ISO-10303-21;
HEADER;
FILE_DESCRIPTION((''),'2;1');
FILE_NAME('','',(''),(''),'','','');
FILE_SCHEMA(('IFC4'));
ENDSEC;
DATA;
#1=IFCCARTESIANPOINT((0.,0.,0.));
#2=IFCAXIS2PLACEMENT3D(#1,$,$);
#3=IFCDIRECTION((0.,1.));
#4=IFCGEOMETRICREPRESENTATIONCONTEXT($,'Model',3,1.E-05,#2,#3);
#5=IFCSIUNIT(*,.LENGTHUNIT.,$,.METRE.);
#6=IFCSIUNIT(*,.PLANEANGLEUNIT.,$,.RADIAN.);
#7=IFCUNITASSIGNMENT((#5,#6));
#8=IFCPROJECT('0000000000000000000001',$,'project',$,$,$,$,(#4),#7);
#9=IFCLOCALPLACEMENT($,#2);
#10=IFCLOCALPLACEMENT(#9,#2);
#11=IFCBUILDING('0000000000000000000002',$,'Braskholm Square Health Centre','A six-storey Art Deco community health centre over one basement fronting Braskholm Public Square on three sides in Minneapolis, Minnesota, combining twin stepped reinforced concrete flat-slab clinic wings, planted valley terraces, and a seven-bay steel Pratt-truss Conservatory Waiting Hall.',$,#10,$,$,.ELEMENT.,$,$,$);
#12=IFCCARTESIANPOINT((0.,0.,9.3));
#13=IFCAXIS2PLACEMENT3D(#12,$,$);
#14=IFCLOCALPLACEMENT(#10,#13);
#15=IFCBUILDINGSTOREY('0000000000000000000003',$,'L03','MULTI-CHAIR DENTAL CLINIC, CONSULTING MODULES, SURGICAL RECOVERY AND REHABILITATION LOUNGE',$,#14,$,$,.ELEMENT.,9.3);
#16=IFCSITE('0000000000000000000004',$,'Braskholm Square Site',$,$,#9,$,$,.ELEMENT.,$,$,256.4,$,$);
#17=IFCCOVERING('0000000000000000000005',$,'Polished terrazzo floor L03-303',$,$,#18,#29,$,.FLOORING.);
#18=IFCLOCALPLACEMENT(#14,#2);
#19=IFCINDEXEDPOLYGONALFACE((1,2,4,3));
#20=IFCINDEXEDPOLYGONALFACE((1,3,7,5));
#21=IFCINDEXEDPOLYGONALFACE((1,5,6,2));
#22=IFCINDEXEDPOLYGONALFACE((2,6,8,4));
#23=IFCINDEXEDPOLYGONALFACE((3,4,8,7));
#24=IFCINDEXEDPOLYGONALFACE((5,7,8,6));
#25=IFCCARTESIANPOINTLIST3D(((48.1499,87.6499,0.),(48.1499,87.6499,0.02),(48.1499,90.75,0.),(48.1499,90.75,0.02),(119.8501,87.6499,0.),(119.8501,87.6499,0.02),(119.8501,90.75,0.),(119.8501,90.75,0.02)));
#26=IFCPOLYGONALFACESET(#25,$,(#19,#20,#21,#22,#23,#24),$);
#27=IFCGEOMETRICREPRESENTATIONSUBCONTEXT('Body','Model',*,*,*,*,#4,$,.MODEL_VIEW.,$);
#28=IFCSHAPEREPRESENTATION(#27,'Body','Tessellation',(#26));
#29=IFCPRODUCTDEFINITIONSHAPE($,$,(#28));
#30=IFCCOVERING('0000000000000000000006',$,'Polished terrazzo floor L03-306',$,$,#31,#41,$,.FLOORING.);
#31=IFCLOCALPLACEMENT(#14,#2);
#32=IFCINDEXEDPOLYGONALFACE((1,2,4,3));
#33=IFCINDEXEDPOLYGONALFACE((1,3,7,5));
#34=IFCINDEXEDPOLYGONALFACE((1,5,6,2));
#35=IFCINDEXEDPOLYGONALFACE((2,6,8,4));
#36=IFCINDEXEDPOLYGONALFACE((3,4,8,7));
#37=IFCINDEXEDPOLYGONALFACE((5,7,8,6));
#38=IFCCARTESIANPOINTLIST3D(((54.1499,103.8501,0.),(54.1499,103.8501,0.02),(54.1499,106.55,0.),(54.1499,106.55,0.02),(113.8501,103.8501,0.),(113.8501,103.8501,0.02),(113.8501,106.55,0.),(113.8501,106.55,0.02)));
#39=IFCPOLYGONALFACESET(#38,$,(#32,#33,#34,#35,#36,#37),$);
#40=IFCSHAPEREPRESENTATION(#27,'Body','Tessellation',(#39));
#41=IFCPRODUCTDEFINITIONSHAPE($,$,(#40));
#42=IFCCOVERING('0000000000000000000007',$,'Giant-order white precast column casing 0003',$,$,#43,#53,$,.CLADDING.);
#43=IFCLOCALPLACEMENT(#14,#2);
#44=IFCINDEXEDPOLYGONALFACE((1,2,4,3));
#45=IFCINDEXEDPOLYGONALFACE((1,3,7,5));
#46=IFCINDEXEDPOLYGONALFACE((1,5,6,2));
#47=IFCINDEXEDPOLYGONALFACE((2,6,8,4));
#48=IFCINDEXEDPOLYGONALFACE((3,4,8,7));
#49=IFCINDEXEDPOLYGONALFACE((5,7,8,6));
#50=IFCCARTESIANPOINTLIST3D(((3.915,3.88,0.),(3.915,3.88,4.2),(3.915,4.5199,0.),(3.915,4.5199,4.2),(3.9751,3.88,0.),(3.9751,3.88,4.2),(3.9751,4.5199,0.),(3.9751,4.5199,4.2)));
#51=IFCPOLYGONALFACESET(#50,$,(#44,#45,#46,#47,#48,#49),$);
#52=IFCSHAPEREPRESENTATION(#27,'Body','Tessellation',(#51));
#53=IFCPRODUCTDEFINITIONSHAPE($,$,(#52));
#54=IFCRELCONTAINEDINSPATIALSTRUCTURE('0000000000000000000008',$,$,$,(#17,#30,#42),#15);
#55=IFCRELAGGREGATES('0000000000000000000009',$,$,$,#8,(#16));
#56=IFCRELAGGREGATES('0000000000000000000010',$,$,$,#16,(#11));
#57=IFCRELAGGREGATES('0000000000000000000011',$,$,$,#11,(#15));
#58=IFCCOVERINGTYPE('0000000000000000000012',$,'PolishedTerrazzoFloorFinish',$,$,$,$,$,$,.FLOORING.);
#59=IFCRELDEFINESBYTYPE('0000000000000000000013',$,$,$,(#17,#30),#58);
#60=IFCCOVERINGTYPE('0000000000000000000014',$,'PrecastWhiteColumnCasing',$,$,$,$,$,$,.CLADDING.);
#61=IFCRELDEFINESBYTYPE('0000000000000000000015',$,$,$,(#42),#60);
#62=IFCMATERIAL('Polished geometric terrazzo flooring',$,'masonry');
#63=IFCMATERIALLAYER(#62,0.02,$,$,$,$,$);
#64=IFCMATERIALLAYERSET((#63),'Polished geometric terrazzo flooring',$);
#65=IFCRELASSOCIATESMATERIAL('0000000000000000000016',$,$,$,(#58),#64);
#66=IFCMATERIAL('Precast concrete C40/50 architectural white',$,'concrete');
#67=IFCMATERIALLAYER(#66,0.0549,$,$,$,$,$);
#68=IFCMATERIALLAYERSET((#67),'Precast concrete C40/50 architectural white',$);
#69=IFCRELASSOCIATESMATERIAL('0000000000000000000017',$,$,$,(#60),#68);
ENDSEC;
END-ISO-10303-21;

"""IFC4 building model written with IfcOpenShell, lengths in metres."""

from ifc_helpers import new_model, si_unit, direction, frame, origin, origin_2d, place, context, subcontext, project, spatial, polyline, rectangle, outline, extrude, material, layer, layer_set, type_object, element, save


model = new_model("IFC4")

# Units and contexts
model_context = context("Model", 3, precision=1e-05, world=origin(), true_north=direction((0.0, 1.0)))
body_context = subcontext(model_context, "Body", "Model", "MODEL_VIEW")
ifc_project = project(units=[si_unit("LENGTHUNIT", "METRE"), si_unit("PLANEANGLEUNIT", "RADIAN")], contexts=[model_context])

# Site, building, storey
site_placement = place(None, origin())
site = spatial("IfcSite", under=ifc_project, at=site_placement, Name="Braskholm Square Site", CompositionType="ELEMENT", RefElevation=256.4)
building_placement = place(site_placement, origin())
building = spatial("IfcBuilding", under=site, at=building_placement, Name="Braskholm Square Health Centre", Description="A six-storey Art Deco community health centre over one basement fronting Braskholm Public Square on three sides in Minneapolis, Minnesota, combining twin stepped reinforced concrete flat-slab clinic wings, planted valley terraces, and a seven-bay steel Pratt-truss Conservatory Waiting Hall.", CompositionType="ELEMENT")
storey_placement = place(building_placement, frame((0.0, 0.0, 9.3)))
storey = spatial("IfcBuildingStorey", under=building, at=storey_placement, Name="L03", Description="MULTI-CHAIR DENTAL CLINIC, CONSULTING MODULES, SURGICAL RECOVERY AND REHABILITATION LOUNGE", CompositionType="ELEMENT", Elevation=9.3)

# Shared definitions
ifc_material_1 = material(Name="Precast concrete C40/50 architectural white", Category="concrete")

# Coverings
ifc_material_2 = material(Name="Polished geometric terrazzo flooring", Category="masonry")
ifc_layer_1 = layer(ifc_material_2, 0.02)
ifc_layer_set_1 = layer_set([ifc_layer_1], Name="Polished geometric terrazzo flooring")
covering_type_1 = type_object("IfcCoveringType", Name="PolishedTerrazzoFloorFinish", PredefinedType="FLOORING", material=ifc_layer_set_1)
covering_1_placement = place(storey_placement, origin())
element("IfcCovering", 1, at=covering_1_placement, inside=storey, type_object=covering_type_1, Name="Polished terrazzo floor L03-303", PredefinedType="FLOORING", context=body_context, shape_type="SweptSolid", body=[
    extrude(outline(polyline([(48.1499, 87.6499), (119.8501, 87.6499), (119.8501, 90.75), (48.1499, 90.75), (48.1499, 87.6499)])), origin(), (0.0, 0.0, 1.0), 0.02),
])
covering_2_placement = place(storey_placement, origin())
element("IfcCovering", 2, at=covering_2_placement, inside=storey, type_object=covering_type_1, Name="Polished terrazzo floor L03-306", PredefinedType="FLOORING", context=body_context, shape_type="SweptSolid", body=[
    extrude(outline(polyline([(54.1499, 103.8501), (113.8501, 103.8501), (113.8501, 106.55), (54.1499, 106.55), (54.1499, 103.8501)])), origin(), (0.0, 0.0, 1.0), 0.02),
])
ifc_layer_2 = layer(ifc_material_1, 0.0549)
ifc_layer_set_2 = layer_set([ifc_layer_2], Name="Precast concrete C40/50 architectural white")
covering_type_2 = type_object("IfcCoveringType", Name="PrecastWhiteColumnCasing", PredefinedType="CLADDING", material=ifc_layer_set_2)
covering_3_placement = place(storey_placement, frame((3.9451, 4.2, 0.0), z_axis=(0.0, 0.0, 1.0), x_axis=(1.0, 0.0, 0.0)))
element("IfcCovering", 3, at=covering_3_placement, inside=storey, type_object=covering_type_2, Name="Giant-order white precast column casing 0003", PredefinedType="CLADDING", context=body_context, shape_type="SweptSolid", body=[
    extrude(rectangle(XDim=0.0601, YDim=0.6399, at=origin_2d()), origin(), (0.0, 0.0, 1.0), 4.2),
])

save(model, "model.ifc")
